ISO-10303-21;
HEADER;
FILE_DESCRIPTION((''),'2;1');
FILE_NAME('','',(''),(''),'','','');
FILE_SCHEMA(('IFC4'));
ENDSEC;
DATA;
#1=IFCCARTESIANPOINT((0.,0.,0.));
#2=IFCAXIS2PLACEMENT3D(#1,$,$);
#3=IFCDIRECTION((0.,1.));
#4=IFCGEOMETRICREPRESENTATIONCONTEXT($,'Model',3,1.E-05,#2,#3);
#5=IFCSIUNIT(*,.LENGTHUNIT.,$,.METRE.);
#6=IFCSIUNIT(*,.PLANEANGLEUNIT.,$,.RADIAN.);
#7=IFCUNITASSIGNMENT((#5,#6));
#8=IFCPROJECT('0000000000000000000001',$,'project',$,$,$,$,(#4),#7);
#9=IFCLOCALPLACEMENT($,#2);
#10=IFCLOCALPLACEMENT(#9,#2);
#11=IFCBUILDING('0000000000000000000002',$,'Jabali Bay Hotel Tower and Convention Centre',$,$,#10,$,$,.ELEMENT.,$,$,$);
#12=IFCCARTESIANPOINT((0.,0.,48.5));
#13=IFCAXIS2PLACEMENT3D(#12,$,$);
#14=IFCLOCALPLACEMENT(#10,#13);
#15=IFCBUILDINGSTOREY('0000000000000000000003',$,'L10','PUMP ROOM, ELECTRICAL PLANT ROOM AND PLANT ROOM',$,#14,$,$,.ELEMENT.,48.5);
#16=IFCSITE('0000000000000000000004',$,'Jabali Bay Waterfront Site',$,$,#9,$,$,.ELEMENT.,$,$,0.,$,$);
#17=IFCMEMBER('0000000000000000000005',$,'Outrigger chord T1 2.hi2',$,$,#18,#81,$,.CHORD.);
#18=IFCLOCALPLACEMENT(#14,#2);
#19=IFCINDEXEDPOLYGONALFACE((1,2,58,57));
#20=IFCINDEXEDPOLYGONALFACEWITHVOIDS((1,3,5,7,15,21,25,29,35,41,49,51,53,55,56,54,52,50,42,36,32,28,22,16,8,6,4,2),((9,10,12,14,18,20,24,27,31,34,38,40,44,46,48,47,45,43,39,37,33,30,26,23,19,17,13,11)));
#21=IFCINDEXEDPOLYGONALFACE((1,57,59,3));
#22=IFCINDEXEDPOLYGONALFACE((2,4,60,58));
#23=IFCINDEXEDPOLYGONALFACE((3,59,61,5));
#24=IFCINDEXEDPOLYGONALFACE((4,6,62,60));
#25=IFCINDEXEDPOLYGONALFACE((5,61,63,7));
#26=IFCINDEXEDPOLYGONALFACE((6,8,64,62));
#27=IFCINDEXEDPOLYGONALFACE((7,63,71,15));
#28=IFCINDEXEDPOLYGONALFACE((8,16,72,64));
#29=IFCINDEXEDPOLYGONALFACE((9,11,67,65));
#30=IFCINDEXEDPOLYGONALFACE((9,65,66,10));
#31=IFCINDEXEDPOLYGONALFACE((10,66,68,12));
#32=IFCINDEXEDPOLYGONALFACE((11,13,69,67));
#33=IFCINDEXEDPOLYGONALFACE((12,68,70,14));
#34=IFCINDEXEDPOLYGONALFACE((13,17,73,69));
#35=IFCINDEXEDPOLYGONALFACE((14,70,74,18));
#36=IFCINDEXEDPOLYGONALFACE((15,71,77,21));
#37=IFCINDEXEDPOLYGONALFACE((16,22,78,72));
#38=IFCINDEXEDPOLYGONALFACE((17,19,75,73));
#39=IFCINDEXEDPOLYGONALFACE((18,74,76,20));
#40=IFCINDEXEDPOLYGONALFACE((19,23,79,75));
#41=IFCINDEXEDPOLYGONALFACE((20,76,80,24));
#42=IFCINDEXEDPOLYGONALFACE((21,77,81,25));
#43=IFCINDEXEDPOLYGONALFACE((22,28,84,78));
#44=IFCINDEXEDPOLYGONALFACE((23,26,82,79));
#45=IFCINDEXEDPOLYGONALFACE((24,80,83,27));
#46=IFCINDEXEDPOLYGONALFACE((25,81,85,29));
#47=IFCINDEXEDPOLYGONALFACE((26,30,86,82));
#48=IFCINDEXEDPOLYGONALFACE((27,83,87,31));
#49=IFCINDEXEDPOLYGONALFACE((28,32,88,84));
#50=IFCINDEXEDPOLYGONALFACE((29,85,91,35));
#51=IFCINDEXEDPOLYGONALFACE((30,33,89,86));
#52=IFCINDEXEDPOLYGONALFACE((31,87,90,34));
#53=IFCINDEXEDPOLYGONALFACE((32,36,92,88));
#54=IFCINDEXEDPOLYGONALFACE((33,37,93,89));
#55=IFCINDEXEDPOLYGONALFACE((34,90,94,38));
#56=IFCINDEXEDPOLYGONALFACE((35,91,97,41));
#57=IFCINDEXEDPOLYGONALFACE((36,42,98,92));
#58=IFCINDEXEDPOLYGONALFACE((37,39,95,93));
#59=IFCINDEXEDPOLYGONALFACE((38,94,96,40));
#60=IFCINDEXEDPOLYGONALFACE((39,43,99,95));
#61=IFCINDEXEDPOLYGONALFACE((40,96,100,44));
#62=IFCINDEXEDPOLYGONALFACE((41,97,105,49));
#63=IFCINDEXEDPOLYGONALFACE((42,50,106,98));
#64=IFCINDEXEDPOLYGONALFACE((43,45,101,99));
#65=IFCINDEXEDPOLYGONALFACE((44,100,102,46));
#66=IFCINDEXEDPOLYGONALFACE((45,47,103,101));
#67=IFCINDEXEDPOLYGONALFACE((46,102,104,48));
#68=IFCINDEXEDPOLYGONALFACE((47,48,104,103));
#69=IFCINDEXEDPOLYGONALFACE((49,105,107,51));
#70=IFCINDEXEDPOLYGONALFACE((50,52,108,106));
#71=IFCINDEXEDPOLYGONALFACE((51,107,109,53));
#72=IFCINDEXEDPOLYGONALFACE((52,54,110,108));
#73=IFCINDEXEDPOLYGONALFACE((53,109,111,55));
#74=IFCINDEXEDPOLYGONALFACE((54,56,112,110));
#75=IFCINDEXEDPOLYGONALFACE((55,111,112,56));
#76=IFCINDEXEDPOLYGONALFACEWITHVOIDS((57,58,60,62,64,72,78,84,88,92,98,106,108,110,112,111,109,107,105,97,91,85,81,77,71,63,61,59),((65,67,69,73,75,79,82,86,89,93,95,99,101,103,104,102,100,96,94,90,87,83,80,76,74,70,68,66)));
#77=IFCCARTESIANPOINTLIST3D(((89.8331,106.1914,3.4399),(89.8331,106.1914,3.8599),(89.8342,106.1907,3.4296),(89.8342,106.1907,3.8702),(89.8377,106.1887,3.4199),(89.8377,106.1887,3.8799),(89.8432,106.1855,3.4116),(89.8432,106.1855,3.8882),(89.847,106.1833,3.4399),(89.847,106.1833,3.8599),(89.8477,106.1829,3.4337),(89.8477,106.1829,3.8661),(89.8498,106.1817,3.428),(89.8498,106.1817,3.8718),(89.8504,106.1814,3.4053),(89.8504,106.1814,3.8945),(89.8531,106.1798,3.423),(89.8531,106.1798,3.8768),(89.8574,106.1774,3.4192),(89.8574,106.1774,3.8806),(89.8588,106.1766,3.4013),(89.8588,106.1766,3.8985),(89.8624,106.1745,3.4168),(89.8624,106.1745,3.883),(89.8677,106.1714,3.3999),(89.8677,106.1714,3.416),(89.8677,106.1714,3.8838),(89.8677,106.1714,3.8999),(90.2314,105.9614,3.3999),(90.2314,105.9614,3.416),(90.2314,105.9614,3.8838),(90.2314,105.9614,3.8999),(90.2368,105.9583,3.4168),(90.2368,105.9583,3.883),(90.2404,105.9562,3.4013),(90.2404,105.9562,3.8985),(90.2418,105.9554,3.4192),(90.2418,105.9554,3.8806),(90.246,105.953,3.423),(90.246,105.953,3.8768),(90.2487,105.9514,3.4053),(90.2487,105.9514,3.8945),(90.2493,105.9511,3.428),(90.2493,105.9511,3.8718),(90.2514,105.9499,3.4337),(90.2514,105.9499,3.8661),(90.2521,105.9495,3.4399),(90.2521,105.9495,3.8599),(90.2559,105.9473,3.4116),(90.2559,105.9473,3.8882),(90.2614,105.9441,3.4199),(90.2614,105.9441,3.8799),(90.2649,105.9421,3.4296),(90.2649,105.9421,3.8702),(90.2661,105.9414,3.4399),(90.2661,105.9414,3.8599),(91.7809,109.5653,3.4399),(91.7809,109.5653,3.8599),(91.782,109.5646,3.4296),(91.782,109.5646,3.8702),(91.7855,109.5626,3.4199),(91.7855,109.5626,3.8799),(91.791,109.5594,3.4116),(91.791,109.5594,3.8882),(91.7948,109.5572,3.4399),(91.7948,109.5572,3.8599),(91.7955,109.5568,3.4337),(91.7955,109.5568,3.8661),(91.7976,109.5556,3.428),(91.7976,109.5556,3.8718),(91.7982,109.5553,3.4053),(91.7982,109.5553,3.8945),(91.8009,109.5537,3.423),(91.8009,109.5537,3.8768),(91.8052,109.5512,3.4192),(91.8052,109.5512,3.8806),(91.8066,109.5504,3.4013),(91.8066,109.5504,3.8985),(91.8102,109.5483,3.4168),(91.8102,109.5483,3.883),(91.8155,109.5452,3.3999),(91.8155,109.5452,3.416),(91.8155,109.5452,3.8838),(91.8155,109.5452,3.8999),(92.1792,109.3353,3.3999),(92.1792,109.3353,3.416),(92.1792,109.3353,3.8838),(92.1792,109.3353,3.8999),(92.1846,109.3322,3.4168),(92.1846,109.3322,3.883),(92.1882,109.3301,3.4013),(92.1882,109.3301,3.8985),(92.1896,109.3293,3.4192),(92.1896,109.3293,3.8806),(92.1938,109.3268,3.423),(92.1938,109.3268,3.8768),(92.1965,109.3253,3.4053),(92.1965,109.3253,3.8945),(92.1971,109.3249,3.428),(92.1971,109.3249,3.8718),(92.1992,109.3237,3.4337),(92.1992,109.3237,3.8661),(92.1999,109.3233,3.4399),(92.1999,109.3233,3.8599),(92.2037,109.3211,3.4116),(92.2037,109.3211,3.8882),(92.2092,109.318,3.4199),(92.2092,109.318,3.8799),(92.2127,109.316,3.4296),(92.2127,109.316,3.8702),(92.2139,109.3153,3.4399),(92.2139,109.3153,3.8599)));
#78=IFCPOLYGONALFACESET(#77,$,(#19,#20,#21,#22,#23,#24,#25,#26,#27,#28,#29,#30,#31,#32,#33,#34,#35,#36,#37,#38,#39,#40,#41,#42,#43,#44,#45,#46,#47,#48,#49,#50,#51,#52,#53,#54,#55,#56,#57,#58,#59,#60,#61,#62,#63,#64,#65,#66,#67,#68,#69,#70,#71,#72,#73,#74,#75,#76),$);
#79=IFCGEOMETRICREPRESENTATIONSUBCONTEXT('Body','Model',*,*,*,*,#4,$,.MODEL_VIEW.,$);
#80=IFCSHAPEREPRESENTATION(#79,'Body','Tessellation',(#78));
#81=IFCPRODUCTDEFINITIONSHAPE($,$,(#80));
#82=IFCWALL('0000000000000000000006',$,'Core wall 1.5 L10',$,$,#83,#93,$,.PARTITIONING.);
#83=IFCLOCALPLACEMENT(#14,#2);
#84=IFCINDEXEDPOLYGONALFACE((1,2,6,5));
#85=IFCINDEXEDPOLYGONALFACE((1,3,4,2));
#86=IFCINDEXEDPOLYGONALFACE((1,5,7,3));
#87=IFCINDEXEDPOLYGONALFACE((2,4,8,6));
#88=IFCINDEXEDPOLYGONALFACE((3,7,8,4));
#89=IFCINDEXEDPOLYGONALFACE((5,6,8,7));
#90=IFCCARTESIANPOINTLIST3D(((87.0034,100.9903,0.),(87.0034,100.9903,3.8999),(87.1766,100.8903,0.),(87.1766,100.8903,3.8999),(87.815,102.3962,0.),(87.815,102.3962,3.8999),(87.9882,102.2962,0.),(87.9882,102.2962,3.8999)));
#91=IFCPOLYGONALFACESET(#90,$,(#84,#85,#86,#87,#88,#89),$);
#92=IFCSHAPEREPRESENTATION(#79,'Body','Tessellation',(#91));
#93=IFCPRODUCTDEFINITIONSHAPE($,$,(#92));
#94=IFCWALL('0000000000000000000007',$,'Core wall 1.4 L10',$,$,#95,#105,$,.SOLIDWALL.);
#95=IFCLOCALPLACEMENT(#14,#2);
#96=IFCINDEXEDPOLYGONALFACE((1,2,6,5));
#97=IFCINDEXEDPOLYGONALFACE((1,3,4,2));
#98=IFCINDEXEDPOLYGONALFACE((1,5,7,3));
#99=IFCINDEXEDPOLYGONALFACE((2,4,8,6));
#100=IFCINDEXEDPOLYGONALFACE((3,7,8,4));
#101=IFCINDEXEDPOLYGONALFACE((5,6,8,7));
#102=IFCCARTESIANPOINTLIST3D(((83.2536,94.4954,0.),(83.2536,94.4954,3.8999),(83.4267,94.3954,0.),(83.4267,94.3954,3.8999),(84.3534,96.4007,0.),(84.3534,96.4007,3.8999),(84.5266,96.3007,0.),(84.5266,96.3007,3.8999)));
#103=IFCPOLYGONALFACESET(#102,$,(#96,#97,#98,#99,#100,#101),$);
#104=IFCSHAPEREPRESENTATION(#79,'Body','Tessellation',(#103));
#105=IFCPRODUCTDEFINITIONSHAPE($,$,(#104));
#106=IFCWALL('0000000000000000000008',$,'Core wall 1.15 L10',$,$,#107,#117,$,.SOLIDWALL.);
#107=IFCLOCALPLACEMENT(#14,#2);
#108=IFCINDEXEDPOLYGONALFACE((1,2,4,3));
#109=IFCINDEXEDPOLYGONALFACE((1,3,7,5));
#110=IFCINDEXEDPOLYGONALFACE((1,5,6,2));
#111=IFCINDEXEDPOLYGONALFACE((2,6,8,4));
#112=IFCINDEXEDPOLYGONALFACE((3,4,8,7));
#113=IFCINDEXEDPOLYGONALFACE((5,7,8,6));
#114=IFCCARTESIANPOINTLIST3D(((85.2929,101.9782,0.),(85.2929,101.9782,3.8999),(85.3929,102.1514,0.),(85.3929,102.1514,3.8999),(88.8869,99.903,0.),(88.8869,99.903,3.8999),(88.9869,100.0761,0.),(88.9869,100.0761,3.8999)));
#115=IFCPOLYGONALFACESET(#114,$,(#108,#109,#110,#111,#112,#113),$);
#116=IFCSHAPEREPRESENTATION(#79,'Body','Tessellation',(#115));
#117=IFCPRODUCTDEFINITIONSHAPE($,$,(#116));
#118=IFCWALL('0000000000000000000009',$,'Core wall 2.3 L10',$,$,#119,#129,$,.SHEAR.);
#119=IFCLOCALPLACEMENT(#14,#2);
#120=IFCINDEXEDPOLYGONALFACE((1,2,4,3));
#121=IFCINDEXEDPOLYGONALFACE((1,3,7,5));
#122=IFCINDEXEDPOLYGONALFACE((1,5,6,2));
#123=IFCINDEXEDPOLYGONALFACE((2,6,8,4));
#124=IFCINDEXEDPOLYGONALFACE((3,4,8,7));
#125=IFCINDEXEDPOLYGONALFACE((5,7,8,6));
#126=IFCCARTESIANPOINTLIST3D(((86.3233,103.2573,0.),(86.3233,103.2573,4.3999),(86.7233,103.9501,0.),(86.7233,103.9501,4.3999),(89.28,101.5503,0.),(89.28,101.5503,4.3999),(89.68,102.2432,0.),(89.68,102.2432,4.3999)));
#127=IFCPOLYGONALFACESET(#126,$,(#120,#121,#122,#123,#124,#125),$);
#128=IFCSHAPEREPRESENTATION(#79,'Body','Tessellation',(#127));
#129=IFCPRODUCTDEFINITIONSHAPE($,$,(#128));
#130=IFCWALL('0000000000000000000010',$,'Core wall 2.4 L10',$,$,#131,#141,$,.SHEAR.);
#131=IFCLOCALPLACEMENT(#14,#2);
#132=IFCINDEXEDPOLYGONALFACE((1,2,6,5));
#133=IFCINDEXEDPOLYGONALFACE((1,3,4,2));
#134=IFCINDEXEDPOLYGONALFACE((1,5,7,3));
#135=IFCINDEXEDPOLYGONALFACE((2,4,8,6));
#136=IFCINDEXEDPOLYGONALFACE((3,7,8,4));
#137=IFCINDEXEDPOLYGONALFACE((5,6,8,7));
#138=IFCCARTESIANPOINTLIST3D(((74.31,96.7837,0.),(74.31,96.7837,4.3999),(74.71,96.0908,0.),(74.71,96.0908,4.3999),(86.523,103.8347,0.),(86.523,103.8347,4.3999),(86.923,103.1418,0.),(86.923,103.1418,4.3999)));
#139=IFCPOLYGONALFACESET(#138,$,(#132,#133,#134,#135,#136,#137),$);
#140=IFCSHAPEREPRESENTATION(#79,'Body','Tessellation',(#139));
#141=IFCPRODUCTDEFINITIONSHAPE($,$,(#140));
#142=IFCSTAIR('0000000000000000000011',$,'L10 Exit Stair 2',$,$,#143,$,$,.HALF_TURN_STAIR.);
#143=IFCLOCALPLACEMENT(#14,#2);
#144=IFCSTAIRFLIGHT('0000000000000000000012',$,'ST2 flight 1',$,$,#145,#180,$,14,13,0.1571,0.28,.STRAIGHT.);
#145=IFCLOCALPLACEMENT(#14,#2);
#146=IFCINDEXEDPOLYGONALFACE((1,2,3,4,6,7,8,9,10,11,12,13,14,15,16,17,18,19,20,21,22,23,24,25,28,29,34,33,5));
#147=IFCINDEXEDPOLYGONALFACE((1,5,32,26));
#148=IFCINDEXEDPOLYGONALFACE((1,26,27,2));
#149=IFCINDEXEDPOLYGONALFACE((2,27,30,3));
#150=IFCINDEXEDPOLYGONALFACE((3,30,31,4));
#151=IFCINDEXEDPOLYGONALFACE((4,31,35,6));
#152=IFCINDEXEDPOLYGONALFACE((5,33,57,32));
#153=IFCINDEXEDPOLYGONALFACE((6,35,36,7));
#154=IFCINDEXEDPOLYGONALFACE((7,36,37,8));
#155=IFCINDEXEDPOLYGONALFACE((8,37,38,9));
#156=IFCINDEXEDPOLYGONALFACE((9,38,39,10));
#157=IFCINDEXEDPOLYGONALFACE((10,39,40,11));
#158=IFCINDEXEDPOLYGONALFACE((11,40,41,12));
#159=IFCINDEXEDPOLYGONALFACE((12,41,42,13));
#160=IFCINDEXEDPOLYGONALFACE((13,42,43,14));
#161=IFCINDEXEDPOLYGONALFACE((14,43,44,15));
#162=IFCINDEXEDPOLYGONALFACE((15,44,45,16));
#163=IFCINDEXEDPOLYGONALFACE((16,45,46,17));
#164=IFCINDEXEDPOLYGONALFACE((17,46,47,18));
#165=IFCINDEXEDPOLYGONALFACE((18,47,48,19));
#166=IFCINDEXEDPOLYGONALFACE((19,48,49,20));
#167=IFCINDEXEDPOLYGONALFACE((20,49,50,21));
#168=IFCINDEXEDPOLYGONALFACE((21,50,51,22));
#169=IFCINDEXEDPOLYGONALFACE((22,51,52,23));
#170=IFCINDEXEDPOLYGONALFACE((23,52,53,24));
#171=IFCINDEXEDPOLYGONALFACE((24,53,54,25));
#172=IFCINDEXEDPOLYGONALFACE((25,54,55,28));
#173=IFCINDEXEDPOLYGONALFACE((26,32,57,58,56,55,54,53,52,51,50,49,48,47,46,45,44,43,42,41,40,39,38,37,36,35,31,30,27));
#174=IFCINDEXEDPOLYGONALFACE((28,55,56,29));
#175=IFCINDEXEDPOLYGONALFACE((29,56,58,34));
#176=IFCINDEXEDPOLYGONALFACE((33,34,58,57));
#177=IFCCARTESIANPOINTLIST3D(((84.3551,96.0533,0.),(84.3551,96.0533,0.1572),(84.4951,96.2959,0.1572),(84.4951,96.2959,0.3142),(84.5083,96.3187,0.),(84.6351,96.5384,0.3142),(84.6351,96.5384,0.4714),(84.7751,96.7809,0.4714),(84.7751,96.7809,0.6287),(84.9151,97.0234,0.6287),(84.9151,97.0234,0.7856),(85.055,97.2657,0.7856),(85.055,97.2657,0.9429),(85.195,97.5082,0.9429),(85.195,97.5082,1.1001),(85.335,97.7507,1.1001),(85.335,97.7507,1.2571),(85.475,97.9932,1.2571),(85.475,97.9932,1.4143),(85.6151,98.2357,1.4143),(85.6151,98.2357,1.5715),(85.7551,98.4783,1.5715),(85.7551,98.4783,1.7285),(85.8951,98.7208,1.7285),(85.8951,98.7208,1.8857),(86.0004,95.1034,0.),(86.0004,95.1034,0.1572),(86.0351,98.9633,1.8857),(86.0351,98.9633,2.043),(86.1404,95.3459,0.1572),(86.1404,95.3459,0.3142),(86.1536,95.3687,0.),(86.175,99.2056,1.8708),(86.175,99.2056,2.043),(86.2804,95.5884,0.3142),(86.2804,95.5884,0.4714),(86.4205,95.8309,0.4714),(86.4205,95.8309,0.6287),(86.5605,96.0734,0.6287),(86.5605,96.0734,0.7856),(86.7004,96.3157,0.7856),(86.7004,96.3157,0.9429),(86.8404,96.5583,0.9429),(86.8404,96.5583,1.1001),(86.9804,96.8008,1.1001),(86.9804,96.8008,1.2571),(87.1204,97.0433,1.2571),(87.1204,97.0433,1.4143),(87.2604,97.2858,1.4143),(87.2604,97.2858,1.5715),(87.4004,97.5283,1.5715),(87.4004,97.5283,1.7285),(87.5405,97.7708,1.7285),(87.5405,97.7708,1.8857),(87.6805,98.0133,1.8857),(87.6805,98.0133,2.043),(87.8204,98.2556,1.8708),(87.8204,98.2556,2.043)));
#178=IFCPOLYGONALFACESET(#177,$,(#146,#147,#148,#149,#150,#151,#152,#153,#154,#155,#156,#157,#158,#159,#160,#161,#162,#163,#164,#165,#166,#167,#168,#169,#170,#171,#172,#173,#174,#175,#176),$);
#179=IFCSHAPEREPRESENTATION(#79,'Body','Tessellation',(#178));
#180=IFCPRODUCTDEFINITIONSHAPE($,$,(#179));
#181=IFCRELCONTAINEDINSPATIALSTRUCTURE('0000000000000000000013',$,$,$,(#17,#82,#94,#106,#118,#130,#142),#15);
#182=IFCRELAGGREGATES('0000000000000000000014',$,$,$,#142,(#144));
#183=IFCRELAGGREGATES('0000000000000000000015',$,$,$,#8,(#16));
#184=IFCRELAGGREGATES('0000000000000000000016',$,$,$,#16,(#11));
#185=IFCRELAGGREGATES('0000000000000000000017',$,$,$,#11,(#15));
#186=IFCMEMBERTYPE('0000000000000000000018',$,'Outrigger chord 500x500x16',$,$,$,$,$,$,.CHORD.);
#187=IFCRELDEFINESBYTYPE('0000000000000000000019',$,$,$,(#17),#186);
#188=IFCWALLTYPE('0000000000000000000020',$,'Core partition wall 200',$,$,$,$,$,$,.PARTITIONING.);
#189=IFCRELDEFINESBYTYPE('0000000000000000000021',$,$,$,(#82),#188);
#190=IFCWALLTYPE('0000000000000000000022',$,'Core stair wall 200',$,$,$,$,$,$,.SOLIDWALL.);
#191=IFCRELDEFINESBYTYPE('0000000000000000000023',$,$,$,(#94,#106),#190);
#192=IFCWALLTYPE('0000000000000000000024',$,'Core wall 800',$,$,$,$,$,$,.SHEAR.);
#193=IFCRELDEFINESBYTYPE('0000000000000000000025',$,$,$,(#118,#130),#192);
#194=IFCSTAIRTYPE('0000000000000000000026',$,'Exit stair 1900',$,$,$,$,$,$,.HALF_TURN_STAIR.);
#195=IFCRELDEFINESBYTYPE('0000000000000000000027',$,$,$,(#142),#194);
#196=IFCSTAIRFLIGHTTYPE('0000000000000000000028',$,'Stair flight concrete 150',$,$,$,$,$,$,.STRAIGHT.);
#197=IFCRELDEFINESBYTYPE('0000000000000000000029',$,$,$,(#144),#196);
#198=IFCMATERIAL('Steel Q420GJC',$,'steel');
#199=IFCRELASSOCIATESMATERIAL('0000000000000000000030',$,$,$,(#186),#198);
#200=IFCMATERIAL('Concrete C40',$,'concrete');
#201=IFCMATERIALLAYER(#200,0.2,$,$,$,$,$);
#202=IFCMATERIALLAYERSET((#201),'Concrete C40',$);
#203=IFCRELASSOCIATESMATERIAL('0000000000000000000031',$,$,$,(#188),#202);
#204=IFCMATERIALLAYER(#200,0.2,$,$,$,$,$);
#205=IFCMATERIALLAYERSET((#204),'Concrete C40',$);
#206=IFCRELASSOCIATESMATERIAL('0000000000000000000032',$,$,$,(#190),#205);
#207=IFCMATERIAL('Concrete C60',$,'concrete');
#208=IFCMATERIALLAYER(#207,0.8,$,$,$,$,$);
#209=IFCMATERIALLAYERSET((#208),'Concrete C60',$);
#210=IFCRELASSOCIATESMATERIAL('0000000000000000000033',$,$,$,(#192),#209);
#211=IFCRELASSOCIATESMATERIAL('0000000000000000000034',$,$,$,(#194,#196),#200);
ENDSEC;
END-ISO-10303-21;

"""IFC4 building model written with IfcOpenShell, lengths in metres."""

from ifc_helpers import new_model, si_unit, direction, frame, frame_2d, origin, origin_2d, place, context, subcontext, project, spatial, polyline, rectangle, hollow_rectangle, outline, extrude, material, layer, layer_set, material_profile, profile_set, type_object, element, aggregate, save


model = new_model("IFC4")

# Units and contexts
model_context = context("Model", 3, precision=1e-05, world=origin(), true_north=direction((0.0, 1.0)))
body_context = subcontext(model_context, "Body", "Model", "MODEL_VIEW")
ifc_project = project(units=[si_unit("LENGTHUNIT", "METRE"), si_unit("PLANEANGLEUNIT", "RADIAN")], contexts=[model_context])

# Site, building, storey
site_placement = place(None, origin())
site = spatial("IfcSite", under=ifc_project, at=site_placement, Name="Jabali Bay Waterfront Site", CompositionType="ELEMENT", RefElevation=0.0)
building_placement = place(site_placement, origin())
building = spatial("IfcBuilding", under=site, at=building_placement, Name="Jabali Bay Hotel Tower and Convention Centre", CompositionType="ELEMENT")
storey_placement = place(building_placement, frame((0.0, 0.0, 48.5)))
storey = spatial("IfcBuildingStorey", under=building, at=storey_placement, Name="L10", Description="PUMP ROOM, ELECTRICAL PLANT ROOM AND PLANT ROOM", CompositionType="ELEMENT", Elevation=48.5)

# Shared definitions
ifc_material_1 = material(Name="Concrete C60", Category="concrete")

# Member
ifc_material_2 = material(Name="Steel Q420GJC", Category="steel")
ifc_material_profile_1 = material_profile(ifc_material_2, hollow_rectangle(XDim=0.5, YDim=0.5, WallThickness=0.0161, InnerFilletRadius=0.0239, OuterFilletRadius=0.04, at=origin_2d()), Name="Outrigger chord 500x500x16")
ifc_profile_set_1 = profile_set([ifc_material_profile_1], Name="Steel Q420GJC")
member_type_1 = type_object("IfcMemberType", Name="Outrigger chord 500x500x16", PredefinedType="CHORD", material=ifc_profile_set_1)
for number, where, z_axis, x_axis, name in (
    (1, (90.0496, 106.0664, 3.6499), (0.499981, 0.866036, 0.0), (-0.866036, 0.499981, 0.0), "Outrigger chord T1 2.hi2"),
):
    element("IfcMember", number, at=place(storey_placement, frame(where, z_axis=z_axis, x_axis=x_axis)), inside=storey, type_object=member_type_1, Name=name, PredefinedType="CHORD", context=body_context, shape_type="SweptSolid", body=[
        extrude(hollow_rectangle(XDim=0.5, YDim=0.5, WallThickness=0.0161, InnerFilletRadius=0.0239, OuterFilletRadius=0.04, at=origin_2d()), origin(), (0.0, 0.0, 1.0), 3.8958),
    ])

# Walls
ifc_material_3 = material(Name="Concrete C40", Category="concrete")
ifc_layer_1 = layer(ifc_material_3, 0.2)
ifc_layer_set_1 = layer_set([ifc_layer_1], Name="Concrete C40")
wall_type_1 = type_object("IfcWallType", Name="Core partition wall 200", PredefinedType="PARTITIONING", material=ifc_layer_set_1)
wall_1_placement = place(storey_placement, frame((87.0901, 100.9404, 0.0), z_axis=(0.0, 0.0, 1.0), x_axis=(0.499957, 0.86605, 0.0)))
element("IfcWall", 2, at=wall_1_placement, inside=storey, type_object=wall_type_1, Name="Core wall 1.5 L10", PredefinedType="PARTITIONING", context=body_context, shape_type="SweptSolid", body=[
    extrude(rectangle(XDim=1.6233, YDim=0.2, at=frame_2d((0.8115, 0.0))), origin(), (0.0, 0.0, 1.0), 3.8999),
])
ifc_layer_2 = layer(ifc_material_3, 0.2)
ifc_layer_set_2 = layer_set([ifc_layer_2], Name="Concrete C40")
wall_type_2 = type_object("IfcWallType", Name="Core stair wall 200", PredefinedType="SOLIDWALL", material=ifc_layer_set_2)
wall_2_placement = place(storey_placement, frame((83.3401, 94.4453, 0.0), z_axis=(0.0, 0.0, 1.0), x_axis=(0.499947, 0.866056, 0.0)))
element("IfcWall", 3, at=wall_2_placement, inside=storey, type_object=wall_type_2, Name="Core wall 1.4 L10", PredefinedType="SOLIDWALL", context=body_context, shape_type="SweptSolid", body=[
    extrude(rectangle(XDim=2.2, YDim=0.2, at=frame_2d((1.1001, 0.0))), origin(), (0.0, 0.0, 1.0), 3.8999),
])
wall_3_placement = place(storey_placement, frame((88.937, 99.9895, 0.0), z_axis=(0.0, 0.0, 1.0), x_axis=(-0.866004, 0.500036, 0.0)))
element("IfcWall", 4, at=wall_3_placement, inside=storey, type_object=wall_type_2, Name="Core wall 1.15 L10", PredefinedType="SOLIDWALL", context=body_context, shape_type="SweptSolid", body=[
    extrude(rectangle(XDim=4.1501, YDim=0.2, at=frame_2d((2.0752, 0.0))), origin(), (0.0, 0.0, 1.0), 3.8999),
])
ifc_layer_3 = layer(ifc_material_1, 0.8)
ifc_layer_set_3 = layer_set([ifc_layer_3], Name="Concrete C60")
wall_type_3 = type_object("IfcWallType", Name="Core wall 800", PredefinedType="SHEAR", material=ifc_layer_set_3)
wall_4_placement = place(storey_placement, frame((89.48, 101.8967, 0.0), z_axis=(0.0, 0.0, 1.0), x_axis=(-0.866034, 0.499984, 0.0)))
element("IfcWall", 5, at=wall_4_placement, inside=storey, type_object=wall_type_3, Name="Core wall 2.3 L10", PredefinedType="SHEAR", context=body_context, shape_type="SweptSolid", body=[
    extrude(rectangle(XDim=3.4141, YDim=0.8, at=frame_2d((1.707, 0.0))), origin(), (0.0, 0.0, 1.0), 4.3999),
])
wall_5_placement = place(storey_placement, frame((86.7231, 103.4883, 0.0), z_axis=(0.0, 0.0, 1.0), x_axis=(-0.866033, -0.499988, 0.0)))
element("IfcWall", 6, at=wall_5_placement, inside=storey, type_object=wall_type_3, Name="Core wall 2.4 L10", PredefinedType="SHEAR", context=body_context, shape_type="SweptSolid", body=[
    extrude(rectangle(XDim=14.1023, YDim=0.8, at=frame_2d((7.0513, 0.0))), origin(), (0.0, 0.0, 1.0), 4.3999),
])

# Stair, stair flight
stair_type = type_object("IfcStairType", Name="Exit stair 1900", PredefinedType="HALF_TURN_STAIR", material=ifc_material_3)
stair_placement = place(storey_placement, origin())
stair = element("IfcStair", 7, at=stair_placement, inside=storey, type_object=stair_type, Name="L10 Exit Stair 2", PredefinedType="HALF_TURN_STAIR")
stair_flight_type = type_object("IfcStairFlightType", Name="Stair flight concrete 150", PredefinedType="STRAIGHT", material=ifc_material_3)
stair_flight_1_placement = place(storey_placement, frame((85.1777, 95.5784, 0.0), z_axis=(0.0, 0.0, 1.0), x_axis=(0.5, 0.866025, 0.0)))
stair_flight_1 = element("IfcStairFlight", 8, at=stair_flight_1_placement, type_object=stair_flight_type, Name="ST2 flight 1", NumberOfRisers=14, NumberOfTreads=13, PredefinedType="STRAIGHT", RiserHeight=0.1571, TreadLength=0.28, context=body_context, shape_type="SweptSolid", body=[
    extrude(outline(polyline([(0.0, 0.0), (0.0, 0.1572), (0.28, 0.1572), (0.28, 0.3142), (0.5601, 0.3142), (0.5601, 0.4714), (0.8401, 0.4714), (0.8401, 0.6287), (1.1201, 0.6287), (1.1201, 0.7856), (1.3999, 0.7856), (1.3999, 0.9429), (1.6799, 0.9429), (1.6799, 1.1001), (1.96, 1.1001), (1.96, 1.2571), (2.24, 1.2571), (2.24, 1.4143), (2.52, 1.4143), (2.52, 1.5715), (2.8, 1.5715), (2.8, 1.7285), (3.0801, 1.7285), (3.0801, 1.8857), (3.3601, 1.8857), (3.3601, 2.043), (3.6399, 2.043), (3.6399, 2.2), (3.6399, 1.8708), (0.3064, 0.0), (0.0, 0.0)])), frame((0.0, 0.95, 0.0), z_axis=(0.0, -1.0, 0.0), x_axis=(1.0, 0.0, 0.0)), (0.0, 0.0, 1.0), 1.8999),
])
aggregate(stair, [stair_flight_1])

save(model, "model.ifc")
